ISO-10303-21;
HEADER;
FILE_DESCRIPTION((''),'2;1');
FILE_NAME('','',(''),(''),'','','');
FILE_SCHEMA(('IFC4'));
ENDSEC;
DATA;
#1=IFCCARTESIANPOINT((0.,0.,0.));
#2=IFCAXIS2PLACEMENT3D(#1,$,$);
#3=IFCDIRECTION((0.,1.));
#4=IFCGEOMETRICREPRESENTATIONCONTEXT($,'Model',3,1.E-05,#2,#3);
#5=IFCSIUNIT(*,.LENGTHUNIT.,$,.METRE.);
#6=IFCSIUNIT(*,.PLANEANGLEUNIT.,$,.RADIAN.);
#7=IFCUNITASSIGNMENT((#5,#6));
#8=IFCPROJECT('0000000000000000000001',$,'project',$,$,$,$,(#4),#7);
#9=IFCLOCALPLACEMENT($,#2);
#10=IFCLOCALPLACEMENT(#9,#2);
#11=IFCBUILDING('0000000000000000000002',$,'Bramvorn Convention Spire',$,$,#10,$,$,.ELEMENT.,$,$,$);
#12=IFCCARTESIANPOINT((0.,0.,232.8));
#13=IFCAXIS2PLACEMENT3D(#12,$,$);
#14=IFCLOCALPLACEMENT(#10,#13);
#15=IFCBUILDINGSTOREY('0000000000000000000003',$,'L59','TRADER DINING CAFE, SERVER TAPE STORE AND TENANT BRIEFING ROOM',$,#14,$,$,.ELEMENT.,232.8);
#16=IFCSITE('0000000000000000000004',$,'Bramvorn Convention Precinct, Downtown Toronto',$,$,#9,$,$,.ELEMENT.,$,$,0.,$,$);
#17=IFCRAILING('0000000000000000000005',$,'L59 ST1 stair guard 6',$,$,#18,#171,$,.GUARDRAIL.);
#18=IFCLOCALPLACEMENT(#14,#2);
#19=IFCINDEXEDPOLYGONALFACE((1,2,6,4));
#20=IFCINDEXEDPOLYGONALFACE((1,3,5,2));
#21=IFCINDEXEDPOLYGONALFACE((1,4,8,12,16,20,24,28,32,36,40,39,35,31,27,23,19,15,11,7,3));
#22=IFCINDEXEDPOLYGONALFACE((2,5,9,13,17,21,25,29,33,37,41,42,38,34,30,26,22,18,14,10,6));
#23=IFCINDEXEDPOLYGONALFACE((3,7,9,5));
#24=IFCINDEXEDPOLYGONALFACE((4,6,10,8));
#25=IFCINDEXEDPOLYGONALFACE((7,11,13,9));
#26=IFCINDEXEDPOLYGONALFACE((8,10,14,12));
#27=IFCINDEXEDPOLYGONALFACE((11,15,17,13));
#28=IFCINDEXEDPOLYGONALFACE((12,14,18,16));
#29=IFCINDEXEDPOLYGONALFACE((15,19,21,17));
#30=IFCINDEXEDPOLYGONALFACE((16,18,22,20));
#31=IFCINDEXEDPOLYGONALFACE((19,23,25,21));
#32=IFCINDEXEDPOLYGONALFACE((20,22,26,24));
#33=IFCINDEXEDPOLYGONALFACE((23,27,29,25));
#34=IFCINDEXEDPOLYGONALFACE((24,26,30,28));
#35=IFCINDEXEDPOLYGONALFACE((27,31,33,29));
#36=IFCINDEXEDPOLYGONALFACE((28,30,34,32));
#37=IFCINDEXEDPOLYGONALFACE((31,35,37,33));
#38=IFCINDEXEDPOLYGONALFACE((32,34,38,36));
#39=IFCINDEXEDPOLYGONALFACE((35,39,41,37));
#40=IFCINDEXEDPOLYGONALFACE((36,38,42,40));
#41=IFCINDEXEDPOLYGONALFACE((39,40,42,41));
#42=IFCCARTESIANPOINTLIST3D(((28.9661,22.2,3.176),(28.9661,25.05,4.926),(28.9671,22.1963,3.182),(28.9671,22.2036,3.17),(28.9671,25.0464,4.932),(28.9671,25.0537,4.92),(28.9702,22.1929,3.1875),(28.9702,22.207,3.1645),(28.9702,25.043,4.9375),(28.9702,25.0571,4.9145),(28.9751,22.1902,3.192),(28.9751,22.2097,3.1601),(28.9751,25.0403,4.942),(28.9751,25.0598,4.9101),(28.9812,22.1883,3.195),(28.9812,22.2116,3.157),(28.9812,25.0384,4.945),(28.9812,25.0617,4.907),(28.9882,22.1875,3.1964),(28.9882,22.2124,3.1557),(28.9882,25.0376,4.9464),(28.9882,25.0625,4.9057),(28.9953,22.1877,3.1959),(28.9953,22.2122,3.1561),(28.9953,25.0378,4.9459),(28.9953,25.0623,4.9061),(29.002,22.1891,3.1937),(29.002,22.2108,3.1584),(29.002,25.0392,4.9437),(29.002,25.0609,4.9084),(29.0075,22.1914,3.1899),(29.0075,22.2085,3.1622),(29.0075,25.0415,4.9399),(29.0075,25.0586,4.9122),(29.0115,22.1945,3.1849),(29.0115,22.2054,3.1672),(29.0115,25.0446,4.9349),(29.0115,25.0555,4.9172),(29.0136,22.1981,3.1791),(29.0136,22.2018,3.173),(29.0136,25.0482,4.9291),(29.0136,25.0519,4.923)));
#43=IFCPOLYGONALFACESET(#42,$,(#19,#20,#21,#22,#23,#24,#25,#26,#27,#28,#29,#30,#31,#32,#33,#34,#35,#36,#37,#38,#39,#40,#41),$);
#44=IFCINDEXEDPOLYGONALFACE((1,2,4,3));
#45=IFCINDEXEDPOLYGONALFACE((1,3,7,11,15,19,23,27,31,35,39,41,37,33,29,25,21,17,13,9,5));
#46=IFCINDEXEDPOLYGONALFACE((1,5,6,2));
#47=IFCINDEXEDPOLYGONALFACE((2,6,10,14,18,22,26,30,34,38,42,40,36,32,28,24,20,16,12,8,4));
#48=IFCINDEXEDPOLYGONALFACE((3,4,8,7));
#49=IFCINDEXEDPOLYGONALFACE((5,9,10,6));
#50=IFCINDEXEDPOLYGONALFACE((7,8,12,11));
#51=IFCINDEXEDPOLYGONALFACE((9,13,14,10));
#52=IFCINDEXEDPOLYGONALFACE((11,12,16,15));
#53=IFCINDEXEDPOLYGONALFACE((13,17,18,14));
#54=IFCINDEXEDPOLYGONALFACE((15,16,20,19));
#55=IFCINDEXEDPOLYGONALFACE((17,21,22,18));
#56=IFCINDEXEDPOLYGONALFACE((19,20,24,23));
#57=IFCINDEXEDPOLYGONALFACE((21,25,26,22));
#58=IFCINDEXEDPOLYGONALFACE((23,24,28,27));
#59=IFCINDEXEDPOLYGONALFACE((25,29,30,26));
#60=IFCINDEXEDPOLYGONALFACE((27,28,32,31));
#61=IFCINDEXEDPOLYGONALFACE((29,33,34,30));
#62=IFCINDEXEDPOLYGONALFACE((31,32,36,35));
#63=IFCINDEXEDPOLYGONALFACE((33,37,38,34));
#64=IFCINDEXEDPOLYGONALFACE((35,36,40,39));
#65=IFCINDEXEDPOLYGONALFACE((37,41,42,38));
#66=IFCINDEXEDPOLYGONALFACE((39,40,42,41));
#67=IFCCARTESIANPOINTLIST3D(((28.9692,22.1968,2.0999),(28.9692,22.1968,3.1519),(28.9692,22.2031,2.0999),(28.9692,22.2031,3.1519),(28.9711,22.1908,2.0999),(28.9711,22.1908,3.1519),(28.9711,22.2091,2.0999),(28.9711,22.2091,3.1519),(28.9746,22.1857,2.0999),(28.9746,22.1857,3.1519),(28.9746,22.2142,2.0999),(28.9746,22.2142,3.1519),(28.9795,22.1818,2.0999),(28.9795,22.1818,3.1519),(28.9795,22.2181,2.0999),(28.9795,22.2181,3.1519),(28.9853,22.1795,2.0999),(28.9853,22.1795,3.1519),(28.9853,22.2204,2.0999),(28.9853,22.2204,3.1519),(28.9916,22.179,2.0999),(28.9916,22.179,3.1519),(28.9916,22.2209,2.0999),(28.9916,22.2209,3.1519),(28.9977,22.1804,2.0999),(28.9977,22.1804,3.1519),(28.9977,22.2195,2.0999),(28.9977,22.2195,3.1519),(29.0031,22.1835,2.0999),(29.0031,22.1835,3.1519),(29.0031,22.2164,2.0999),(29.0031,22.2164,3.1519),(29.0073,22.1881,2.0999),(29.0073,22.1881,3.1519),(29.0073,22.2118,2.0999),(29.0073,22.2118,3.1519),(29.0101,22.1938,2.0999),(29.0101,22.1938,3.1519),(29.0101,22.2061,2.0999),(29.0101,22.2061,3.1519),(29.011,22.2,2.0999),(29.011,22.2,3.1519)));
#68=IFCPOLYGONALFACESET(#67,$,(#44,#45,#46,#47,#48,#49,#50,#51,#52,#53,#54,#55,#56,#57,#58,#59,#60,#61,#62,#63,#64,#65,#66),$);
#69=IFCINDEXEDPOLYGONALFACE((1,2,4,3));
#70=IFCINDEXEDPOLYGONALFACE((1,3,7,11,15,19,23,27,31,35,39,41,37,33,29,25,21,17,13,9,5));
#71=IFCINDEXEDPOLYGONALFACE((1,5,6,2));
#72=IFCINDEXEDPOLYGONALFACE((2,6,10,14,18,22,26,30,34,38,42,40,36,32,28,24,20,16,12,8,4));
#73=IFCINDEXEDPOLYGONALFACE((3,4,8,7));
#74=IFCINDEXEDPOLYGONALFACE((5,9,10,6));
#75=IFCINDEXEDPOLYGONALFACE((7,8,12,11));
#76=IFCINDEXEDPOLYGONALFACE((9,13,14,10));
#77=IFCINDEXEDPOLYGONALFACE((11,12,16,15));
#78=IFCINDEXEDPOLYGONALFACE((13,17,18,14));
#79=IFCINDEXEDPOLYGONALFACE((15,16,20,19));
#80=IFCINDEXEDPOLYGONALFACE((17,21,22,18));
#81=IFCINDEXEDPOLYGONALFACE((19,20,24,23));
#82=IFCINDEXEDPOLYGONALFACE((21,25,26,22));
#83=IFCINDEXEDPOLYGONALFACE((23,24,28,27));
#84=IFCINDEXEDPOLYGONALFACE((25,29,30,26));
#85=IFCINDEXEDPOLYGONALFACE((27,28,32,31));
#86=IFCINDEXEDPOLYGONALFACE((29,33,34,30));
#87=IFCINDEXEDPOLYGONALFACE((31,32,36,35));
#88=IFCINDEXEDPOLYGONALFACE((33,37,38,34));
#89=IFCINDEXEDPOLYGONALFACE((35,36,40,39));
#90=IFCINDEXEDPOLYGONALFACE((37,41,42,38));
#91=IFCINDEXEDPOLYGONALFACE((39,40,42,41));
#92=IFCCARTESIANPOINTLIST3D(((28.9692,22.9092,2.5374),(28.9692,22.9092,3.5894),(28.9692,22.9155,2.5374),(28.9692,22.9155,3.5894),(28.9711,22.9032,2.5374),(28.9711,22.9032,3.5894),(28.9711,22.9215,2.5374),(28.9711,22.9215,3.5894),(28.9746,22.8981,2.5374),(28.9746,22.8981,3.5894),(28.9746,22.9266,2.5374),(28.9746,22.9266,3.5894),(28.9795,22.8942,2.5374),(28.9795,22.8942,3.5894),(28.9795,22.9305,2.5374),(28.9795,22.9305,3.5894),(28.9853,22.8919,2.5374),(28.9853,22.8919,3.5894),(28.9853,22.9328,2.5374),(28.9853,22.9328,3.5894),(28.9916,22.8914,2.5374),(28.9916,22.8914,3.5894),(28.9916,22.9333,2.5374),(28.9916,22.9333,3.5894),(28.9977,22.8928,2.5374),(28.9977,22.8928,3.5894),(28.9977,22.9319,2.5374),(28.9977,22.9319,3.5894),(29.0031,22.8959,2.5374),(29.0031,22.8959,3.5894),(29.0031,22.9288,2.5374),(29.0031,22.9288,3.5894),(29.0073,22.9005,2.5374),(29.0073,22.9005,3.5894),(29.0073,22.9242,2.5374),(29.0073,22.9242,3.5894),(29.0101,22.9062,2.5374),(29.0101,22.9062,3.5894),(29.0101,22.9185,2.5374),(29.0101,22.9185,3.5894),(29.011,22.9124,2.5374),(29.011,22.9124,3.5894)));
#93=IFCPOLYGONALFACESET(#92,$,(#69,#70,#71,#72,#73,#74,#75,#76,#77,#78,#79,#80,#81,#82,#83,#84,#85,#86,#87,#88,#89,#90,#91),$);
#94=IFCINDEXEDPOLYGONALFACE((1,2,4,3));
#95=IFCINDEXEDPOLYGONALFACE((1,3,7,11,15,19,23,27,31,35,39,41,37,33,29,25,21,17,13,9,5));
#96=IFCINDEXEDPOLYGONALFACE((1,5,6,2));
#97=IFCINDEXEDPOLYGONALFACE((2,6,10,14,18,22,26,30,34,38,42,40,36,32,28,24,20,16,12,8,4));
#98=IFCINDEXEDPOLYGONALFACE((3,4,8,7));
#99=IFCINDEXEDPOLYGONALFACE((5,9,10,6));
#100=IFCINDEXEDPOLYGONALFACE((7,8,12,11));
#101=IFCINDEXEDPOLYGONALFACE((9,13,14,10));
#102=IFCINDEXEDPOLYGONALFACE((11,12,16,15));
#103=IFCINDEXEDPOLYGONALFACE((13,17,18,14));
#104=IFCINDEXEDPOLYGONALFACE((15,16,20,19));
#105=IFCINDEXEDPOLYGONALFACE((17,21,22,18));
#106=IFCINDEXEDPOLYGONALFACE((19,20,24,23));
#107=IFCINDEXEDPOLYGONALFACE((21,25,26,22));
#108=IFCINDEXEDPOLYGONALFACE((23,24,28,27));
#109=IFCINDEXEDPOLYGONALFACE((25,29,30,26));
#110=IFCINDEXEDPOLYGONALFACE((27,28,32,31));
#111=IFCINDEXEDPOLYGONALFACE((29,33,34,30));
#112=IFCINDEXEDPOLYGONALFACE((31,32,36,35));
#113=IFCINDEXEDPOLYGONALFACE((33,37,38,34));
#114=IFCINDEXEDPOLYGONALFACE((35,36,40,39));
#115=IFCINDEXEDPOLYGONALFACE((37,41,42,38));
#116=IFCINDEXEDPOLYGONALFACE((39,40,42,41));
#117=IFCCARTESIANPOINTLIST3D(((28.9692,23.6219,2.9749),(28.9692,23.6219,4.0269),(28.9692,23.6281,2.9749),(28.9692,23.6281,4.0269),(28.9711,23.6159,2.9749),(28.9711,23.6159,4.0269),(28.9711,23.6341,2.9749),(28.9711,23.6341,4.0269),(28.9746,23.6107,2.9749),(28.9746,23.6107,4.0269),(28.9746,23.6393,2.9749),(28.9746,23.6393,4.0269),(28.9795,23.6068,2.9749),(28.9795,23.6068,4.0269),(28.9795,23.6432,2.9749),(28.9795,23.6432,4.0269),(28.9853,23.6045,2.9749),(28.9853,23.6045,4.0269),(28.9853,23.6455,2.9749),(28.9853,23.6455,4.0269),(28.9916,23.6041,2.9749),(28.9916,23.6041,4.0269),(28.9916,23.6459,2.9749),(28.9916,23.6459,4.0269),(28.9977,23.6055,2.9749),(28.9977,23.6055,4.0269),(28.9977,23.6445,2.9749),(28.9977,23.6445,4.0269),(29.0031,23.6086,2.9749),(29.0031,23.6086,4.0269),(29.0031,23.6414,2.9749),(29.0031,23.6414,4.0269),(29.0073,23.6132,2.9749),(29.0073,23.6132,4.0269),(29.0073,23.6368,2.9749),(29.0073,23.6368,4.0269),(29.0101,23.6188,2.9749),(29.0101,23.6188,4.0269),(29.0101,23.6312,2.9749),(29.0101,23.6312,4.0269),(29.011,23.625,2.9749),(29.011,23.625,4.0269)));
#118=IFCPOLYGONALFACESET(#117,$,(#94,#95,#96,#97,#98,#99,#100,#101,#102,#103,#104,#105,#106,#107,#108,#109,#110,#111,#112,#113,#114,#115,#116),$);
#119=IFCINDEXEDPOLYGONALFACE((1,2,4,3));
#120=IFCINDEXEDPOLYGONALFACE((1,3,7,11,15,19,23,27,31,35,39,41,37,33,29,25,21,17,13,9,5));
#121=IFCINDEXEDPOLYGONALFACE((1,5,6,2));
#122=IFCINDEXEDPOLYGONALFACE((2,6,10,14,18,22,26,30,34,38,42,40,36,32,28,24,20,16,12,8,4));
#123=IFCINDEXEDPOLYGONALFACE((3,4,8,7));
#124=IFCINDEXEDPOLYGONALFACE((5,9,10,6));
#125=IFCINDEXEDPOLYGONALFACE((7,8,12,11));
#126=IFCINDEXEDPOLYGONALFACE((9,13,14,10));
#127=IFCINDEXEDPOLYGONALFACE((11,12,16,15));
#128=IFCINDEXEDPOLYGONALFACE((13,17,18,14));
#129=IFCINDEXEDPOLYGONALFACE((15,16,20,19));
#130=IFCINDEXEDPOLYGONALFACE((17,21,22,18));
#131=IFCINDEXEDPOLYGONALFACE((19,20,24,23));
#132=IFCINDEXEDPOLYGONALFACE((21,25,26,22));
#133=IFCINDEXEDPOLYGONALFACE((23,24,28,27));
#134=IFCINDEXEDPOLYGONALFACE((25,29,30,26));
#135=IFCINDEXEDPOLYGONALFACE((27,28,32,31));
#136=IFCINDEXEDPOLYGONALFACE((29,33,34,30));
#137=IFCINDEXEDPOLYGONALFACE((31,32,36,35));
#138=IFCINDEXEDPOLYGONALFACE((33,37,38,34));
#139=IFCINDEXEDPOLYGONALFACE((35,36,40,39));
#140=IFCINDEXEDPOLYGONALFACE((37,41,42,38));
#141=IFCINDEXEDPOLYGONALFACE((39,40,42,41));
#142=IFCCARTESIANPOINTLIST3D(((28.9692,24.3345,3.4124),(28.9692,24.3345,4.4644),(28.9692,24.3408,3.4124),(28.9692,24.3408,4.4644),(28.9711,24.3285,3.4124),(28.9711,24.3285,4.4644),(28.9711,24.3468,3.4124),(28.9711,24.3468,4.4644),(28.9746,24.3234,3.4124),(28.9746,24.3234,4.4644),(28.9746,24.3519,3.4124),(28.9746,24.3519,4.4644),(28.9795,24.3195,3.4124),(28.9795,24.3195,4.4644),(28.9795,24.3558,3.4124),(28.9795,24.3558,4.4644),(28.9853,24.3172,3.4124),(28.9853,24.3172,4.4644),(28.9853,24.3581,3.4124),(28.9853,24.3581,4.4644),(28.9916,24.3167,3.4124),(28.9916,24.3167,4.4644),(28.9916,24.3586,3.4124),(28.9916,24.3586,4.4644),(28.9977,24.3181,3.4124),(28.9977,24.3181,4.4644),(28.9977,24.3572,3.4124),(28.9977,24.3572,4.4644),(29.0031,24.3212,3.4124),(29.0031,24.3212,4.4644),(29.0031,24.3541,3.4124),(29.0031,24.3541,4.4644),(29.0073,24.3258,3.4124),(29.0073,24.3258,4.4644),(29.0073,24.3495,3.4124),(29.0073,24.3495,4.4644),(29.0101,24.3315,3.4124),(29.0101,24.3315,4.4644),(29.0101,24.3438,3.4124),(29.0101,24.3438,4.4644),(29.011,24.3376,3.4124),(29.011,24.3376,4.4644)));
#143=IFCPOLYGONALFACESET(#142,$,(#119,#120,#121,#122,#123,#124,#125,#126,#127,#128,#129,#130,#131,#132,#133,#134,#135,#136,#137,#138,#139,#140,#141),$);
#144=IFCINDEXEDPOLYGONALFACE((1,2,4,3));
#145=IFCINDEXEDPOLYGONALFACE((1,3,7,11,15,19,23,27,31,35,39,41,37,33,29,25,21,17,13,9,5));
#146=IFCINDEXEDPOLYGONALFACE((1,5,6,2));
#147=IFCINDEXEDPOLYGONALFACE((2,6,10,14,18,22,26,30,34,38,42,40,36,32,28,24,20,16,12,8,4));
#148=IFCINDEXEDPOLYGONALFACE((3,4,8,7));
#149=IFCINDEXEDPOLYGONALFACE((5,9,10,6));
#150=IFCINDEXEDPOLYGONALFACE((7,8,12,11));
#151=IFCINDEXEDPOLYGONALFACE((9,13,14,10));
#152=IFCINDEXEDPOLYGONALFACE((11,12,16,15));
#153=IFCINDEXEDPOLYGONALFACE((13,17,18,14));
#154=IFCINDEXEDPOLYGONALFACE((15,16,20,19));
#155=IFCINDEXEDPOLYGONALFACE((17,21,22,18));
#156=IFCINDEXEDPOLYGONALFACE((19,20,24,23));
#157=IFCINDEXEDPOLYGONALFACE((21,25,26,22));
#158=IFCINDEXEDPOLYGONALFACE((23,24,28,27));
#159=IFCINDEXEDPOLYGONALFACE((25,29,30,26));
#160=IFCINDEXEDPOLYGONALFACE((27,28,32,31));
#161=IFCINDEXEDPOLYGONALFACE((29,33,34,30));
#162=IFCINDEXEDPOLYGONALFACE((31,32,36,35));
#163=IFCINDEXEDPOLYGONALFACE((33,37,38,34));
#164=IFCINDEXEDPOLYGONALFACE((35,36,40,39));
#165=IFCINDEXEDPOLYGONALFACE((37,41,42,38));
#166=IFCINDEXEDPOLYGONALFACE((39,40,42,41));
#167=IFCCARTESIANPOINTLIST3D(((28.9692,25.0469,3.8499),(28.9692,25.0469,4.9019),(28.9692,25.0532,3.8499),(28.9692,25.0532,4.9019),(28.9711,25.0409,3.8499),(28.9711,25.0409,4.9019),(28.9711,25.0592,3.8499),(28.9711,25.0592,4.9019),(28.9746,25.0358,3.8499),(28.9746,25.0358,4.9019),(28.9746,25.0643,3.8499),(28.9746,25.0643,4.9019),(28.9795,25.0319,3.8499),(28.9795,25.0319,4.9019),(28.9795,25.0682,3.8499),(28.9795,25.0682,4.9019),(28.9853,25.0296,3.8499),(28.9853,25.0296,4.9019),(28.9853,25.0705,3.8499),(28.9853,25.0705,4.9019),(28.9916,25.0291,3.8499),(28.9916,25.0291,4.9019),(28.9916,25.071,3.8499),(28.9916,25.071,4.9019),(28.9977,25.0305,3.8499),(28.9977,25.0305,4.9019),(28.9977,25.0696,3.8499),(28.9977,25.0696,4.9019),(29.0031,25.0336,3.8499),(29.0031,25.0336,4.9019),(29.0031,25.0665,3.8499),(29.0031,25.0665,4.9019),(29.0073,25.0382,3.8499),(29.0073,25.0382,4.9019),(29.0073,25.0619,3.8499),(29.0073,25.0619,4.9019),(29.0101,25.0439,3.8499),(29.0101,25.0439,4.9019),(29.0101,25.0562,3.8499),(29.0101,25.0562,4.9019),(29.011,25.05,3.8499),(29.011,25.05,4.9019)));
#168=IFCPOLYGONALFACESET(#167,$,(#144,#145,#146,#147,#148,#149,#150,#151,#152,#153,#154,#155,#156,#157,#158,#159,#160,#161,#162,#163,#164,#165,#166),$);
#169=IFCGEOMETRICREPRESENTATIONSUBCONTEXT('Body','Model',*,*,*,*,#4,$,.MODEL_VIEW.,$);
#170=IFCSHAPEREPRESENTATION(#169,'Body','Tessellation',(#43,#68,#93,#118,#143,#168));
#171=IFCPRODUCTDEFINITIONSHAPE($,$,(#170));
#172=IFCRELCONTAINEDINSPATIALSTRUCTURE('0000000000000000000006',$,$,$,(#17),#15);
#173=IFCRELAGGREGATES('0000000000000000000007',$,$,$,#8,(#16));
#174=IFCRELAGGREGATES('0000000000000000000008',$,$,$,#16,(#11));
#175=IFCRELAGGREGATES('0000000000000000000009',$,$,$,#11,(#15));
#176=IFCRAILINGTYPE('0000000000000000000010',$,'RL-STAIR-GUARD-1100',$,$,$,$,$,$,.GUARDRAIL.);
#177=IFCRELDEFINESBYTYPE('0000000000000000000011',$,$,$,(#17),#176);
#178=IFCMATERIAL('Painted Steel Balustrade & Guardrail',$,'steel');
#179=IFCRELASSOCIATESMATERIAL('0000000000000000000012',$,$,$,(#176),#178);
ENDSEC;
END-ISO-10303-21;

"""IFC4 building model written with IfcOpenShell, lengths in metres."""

from ifc_helpers import new_model, si_unit, direction, frame, origin, origin_2d, place, context, subcontext, project, spatial, circle, extrude, material, type_object, element, save


model = new_model("IFC4")

# Units and contexts
model_context = context("Model", 3, precision=1e-05, world=origin(), true_north=direction((0.0, 1.0)))
body_context = subcontext(model_context, "Body", "Model", "MODEL_VIEW")
ifc_project = project(units=[si_unit("LENGTHUNIT", "METRE"), si_unit("PLANEANGLEUNIT", "RADIAN")], contexts=[model_context])

# Site, building, storey
site_placement = place(None, origin())
site = spatial("IfcSite", under=ifc_project, at=site_placement, Name="Bramvorn Convention Precinct, Downtown Toronto", CompositionType="ELEMENT", RefElevation=0.0)
building_placement = place(site_placement, origin())
building = spatial("IfcBuilding", under=site, at=building_placement, Name="Bramvorn Convention Spire", CompositionType="ELEMENT")
storey_placement = place(building_placement, frame((0.0, 0.0, 232.8)))
storey = spatial("IfcBuildingStorey", under=building, at=storey_placement, Name="L59", Description="TRADER DINING CAFE, SERVER TAPE STORE AND TENANT BRIEFING ROOM", CompositionType="ELEMENT", Elevation=232.8)

# Railing
ifc_material_1 = material(Name="Painted Steel Balustrade & Guardrail", Category="steel")
railing_type_1 = type_object("IfcRailingType", Name="RL-STAIR-GUARD-1100", PredefinedType="GUARDRAIL", material=ifc_material_1)
railing_1_placement = place(storey_placement, frame((28.99, 22.2, 2.0999)))
element("IfcRailing", 1, at=railing_1_placement, inside=storey, type_object=railing_type_1, Name="L59 ST1 stair guard 6", PredefinedType="GUARDRAIL", context=body_context, shape_type="SweptSolid", body=[
    extrude(circle(Radius=0.0239, at=origin_2d()), frame((0.0, 0.0, 1.0762), z_axis=(0.0, 0.852179, 0.52325), x_axis=(-1.0, 0.0, 0.0)), (0.0, 0.0, 1.0), 3.3445),
    extrude(circle(Radius=0.021, at=origin_2d()), origin(), (0.0, 0.0, 1.0), 1.052),
    extrude(circle(Radius=0.021, at=origin_2d()), frame((0.0, 0.7124, 0.4375)), (0.0, 0.0, 1.0), 1.052),
    extrude(circle(Radius=0.021, at=origin_2d()), frame((0.0, 1.425, 0.875)), (0.0, 0.0, 1.0), 1.052),
    extrude(circle(Radius=0.021, at=origin_2d()), frame((0.0, 2.1377, 1.3125)), (0.0, 0.0, 1.0), 1.052),
    extrude(circle(Radius=0.021, at=origin_2d()), frame((0.0, 2.8501, 1.75)), (0.0, 0.0, 1.0), 1.052),
])

save(model, "model.ifc")
